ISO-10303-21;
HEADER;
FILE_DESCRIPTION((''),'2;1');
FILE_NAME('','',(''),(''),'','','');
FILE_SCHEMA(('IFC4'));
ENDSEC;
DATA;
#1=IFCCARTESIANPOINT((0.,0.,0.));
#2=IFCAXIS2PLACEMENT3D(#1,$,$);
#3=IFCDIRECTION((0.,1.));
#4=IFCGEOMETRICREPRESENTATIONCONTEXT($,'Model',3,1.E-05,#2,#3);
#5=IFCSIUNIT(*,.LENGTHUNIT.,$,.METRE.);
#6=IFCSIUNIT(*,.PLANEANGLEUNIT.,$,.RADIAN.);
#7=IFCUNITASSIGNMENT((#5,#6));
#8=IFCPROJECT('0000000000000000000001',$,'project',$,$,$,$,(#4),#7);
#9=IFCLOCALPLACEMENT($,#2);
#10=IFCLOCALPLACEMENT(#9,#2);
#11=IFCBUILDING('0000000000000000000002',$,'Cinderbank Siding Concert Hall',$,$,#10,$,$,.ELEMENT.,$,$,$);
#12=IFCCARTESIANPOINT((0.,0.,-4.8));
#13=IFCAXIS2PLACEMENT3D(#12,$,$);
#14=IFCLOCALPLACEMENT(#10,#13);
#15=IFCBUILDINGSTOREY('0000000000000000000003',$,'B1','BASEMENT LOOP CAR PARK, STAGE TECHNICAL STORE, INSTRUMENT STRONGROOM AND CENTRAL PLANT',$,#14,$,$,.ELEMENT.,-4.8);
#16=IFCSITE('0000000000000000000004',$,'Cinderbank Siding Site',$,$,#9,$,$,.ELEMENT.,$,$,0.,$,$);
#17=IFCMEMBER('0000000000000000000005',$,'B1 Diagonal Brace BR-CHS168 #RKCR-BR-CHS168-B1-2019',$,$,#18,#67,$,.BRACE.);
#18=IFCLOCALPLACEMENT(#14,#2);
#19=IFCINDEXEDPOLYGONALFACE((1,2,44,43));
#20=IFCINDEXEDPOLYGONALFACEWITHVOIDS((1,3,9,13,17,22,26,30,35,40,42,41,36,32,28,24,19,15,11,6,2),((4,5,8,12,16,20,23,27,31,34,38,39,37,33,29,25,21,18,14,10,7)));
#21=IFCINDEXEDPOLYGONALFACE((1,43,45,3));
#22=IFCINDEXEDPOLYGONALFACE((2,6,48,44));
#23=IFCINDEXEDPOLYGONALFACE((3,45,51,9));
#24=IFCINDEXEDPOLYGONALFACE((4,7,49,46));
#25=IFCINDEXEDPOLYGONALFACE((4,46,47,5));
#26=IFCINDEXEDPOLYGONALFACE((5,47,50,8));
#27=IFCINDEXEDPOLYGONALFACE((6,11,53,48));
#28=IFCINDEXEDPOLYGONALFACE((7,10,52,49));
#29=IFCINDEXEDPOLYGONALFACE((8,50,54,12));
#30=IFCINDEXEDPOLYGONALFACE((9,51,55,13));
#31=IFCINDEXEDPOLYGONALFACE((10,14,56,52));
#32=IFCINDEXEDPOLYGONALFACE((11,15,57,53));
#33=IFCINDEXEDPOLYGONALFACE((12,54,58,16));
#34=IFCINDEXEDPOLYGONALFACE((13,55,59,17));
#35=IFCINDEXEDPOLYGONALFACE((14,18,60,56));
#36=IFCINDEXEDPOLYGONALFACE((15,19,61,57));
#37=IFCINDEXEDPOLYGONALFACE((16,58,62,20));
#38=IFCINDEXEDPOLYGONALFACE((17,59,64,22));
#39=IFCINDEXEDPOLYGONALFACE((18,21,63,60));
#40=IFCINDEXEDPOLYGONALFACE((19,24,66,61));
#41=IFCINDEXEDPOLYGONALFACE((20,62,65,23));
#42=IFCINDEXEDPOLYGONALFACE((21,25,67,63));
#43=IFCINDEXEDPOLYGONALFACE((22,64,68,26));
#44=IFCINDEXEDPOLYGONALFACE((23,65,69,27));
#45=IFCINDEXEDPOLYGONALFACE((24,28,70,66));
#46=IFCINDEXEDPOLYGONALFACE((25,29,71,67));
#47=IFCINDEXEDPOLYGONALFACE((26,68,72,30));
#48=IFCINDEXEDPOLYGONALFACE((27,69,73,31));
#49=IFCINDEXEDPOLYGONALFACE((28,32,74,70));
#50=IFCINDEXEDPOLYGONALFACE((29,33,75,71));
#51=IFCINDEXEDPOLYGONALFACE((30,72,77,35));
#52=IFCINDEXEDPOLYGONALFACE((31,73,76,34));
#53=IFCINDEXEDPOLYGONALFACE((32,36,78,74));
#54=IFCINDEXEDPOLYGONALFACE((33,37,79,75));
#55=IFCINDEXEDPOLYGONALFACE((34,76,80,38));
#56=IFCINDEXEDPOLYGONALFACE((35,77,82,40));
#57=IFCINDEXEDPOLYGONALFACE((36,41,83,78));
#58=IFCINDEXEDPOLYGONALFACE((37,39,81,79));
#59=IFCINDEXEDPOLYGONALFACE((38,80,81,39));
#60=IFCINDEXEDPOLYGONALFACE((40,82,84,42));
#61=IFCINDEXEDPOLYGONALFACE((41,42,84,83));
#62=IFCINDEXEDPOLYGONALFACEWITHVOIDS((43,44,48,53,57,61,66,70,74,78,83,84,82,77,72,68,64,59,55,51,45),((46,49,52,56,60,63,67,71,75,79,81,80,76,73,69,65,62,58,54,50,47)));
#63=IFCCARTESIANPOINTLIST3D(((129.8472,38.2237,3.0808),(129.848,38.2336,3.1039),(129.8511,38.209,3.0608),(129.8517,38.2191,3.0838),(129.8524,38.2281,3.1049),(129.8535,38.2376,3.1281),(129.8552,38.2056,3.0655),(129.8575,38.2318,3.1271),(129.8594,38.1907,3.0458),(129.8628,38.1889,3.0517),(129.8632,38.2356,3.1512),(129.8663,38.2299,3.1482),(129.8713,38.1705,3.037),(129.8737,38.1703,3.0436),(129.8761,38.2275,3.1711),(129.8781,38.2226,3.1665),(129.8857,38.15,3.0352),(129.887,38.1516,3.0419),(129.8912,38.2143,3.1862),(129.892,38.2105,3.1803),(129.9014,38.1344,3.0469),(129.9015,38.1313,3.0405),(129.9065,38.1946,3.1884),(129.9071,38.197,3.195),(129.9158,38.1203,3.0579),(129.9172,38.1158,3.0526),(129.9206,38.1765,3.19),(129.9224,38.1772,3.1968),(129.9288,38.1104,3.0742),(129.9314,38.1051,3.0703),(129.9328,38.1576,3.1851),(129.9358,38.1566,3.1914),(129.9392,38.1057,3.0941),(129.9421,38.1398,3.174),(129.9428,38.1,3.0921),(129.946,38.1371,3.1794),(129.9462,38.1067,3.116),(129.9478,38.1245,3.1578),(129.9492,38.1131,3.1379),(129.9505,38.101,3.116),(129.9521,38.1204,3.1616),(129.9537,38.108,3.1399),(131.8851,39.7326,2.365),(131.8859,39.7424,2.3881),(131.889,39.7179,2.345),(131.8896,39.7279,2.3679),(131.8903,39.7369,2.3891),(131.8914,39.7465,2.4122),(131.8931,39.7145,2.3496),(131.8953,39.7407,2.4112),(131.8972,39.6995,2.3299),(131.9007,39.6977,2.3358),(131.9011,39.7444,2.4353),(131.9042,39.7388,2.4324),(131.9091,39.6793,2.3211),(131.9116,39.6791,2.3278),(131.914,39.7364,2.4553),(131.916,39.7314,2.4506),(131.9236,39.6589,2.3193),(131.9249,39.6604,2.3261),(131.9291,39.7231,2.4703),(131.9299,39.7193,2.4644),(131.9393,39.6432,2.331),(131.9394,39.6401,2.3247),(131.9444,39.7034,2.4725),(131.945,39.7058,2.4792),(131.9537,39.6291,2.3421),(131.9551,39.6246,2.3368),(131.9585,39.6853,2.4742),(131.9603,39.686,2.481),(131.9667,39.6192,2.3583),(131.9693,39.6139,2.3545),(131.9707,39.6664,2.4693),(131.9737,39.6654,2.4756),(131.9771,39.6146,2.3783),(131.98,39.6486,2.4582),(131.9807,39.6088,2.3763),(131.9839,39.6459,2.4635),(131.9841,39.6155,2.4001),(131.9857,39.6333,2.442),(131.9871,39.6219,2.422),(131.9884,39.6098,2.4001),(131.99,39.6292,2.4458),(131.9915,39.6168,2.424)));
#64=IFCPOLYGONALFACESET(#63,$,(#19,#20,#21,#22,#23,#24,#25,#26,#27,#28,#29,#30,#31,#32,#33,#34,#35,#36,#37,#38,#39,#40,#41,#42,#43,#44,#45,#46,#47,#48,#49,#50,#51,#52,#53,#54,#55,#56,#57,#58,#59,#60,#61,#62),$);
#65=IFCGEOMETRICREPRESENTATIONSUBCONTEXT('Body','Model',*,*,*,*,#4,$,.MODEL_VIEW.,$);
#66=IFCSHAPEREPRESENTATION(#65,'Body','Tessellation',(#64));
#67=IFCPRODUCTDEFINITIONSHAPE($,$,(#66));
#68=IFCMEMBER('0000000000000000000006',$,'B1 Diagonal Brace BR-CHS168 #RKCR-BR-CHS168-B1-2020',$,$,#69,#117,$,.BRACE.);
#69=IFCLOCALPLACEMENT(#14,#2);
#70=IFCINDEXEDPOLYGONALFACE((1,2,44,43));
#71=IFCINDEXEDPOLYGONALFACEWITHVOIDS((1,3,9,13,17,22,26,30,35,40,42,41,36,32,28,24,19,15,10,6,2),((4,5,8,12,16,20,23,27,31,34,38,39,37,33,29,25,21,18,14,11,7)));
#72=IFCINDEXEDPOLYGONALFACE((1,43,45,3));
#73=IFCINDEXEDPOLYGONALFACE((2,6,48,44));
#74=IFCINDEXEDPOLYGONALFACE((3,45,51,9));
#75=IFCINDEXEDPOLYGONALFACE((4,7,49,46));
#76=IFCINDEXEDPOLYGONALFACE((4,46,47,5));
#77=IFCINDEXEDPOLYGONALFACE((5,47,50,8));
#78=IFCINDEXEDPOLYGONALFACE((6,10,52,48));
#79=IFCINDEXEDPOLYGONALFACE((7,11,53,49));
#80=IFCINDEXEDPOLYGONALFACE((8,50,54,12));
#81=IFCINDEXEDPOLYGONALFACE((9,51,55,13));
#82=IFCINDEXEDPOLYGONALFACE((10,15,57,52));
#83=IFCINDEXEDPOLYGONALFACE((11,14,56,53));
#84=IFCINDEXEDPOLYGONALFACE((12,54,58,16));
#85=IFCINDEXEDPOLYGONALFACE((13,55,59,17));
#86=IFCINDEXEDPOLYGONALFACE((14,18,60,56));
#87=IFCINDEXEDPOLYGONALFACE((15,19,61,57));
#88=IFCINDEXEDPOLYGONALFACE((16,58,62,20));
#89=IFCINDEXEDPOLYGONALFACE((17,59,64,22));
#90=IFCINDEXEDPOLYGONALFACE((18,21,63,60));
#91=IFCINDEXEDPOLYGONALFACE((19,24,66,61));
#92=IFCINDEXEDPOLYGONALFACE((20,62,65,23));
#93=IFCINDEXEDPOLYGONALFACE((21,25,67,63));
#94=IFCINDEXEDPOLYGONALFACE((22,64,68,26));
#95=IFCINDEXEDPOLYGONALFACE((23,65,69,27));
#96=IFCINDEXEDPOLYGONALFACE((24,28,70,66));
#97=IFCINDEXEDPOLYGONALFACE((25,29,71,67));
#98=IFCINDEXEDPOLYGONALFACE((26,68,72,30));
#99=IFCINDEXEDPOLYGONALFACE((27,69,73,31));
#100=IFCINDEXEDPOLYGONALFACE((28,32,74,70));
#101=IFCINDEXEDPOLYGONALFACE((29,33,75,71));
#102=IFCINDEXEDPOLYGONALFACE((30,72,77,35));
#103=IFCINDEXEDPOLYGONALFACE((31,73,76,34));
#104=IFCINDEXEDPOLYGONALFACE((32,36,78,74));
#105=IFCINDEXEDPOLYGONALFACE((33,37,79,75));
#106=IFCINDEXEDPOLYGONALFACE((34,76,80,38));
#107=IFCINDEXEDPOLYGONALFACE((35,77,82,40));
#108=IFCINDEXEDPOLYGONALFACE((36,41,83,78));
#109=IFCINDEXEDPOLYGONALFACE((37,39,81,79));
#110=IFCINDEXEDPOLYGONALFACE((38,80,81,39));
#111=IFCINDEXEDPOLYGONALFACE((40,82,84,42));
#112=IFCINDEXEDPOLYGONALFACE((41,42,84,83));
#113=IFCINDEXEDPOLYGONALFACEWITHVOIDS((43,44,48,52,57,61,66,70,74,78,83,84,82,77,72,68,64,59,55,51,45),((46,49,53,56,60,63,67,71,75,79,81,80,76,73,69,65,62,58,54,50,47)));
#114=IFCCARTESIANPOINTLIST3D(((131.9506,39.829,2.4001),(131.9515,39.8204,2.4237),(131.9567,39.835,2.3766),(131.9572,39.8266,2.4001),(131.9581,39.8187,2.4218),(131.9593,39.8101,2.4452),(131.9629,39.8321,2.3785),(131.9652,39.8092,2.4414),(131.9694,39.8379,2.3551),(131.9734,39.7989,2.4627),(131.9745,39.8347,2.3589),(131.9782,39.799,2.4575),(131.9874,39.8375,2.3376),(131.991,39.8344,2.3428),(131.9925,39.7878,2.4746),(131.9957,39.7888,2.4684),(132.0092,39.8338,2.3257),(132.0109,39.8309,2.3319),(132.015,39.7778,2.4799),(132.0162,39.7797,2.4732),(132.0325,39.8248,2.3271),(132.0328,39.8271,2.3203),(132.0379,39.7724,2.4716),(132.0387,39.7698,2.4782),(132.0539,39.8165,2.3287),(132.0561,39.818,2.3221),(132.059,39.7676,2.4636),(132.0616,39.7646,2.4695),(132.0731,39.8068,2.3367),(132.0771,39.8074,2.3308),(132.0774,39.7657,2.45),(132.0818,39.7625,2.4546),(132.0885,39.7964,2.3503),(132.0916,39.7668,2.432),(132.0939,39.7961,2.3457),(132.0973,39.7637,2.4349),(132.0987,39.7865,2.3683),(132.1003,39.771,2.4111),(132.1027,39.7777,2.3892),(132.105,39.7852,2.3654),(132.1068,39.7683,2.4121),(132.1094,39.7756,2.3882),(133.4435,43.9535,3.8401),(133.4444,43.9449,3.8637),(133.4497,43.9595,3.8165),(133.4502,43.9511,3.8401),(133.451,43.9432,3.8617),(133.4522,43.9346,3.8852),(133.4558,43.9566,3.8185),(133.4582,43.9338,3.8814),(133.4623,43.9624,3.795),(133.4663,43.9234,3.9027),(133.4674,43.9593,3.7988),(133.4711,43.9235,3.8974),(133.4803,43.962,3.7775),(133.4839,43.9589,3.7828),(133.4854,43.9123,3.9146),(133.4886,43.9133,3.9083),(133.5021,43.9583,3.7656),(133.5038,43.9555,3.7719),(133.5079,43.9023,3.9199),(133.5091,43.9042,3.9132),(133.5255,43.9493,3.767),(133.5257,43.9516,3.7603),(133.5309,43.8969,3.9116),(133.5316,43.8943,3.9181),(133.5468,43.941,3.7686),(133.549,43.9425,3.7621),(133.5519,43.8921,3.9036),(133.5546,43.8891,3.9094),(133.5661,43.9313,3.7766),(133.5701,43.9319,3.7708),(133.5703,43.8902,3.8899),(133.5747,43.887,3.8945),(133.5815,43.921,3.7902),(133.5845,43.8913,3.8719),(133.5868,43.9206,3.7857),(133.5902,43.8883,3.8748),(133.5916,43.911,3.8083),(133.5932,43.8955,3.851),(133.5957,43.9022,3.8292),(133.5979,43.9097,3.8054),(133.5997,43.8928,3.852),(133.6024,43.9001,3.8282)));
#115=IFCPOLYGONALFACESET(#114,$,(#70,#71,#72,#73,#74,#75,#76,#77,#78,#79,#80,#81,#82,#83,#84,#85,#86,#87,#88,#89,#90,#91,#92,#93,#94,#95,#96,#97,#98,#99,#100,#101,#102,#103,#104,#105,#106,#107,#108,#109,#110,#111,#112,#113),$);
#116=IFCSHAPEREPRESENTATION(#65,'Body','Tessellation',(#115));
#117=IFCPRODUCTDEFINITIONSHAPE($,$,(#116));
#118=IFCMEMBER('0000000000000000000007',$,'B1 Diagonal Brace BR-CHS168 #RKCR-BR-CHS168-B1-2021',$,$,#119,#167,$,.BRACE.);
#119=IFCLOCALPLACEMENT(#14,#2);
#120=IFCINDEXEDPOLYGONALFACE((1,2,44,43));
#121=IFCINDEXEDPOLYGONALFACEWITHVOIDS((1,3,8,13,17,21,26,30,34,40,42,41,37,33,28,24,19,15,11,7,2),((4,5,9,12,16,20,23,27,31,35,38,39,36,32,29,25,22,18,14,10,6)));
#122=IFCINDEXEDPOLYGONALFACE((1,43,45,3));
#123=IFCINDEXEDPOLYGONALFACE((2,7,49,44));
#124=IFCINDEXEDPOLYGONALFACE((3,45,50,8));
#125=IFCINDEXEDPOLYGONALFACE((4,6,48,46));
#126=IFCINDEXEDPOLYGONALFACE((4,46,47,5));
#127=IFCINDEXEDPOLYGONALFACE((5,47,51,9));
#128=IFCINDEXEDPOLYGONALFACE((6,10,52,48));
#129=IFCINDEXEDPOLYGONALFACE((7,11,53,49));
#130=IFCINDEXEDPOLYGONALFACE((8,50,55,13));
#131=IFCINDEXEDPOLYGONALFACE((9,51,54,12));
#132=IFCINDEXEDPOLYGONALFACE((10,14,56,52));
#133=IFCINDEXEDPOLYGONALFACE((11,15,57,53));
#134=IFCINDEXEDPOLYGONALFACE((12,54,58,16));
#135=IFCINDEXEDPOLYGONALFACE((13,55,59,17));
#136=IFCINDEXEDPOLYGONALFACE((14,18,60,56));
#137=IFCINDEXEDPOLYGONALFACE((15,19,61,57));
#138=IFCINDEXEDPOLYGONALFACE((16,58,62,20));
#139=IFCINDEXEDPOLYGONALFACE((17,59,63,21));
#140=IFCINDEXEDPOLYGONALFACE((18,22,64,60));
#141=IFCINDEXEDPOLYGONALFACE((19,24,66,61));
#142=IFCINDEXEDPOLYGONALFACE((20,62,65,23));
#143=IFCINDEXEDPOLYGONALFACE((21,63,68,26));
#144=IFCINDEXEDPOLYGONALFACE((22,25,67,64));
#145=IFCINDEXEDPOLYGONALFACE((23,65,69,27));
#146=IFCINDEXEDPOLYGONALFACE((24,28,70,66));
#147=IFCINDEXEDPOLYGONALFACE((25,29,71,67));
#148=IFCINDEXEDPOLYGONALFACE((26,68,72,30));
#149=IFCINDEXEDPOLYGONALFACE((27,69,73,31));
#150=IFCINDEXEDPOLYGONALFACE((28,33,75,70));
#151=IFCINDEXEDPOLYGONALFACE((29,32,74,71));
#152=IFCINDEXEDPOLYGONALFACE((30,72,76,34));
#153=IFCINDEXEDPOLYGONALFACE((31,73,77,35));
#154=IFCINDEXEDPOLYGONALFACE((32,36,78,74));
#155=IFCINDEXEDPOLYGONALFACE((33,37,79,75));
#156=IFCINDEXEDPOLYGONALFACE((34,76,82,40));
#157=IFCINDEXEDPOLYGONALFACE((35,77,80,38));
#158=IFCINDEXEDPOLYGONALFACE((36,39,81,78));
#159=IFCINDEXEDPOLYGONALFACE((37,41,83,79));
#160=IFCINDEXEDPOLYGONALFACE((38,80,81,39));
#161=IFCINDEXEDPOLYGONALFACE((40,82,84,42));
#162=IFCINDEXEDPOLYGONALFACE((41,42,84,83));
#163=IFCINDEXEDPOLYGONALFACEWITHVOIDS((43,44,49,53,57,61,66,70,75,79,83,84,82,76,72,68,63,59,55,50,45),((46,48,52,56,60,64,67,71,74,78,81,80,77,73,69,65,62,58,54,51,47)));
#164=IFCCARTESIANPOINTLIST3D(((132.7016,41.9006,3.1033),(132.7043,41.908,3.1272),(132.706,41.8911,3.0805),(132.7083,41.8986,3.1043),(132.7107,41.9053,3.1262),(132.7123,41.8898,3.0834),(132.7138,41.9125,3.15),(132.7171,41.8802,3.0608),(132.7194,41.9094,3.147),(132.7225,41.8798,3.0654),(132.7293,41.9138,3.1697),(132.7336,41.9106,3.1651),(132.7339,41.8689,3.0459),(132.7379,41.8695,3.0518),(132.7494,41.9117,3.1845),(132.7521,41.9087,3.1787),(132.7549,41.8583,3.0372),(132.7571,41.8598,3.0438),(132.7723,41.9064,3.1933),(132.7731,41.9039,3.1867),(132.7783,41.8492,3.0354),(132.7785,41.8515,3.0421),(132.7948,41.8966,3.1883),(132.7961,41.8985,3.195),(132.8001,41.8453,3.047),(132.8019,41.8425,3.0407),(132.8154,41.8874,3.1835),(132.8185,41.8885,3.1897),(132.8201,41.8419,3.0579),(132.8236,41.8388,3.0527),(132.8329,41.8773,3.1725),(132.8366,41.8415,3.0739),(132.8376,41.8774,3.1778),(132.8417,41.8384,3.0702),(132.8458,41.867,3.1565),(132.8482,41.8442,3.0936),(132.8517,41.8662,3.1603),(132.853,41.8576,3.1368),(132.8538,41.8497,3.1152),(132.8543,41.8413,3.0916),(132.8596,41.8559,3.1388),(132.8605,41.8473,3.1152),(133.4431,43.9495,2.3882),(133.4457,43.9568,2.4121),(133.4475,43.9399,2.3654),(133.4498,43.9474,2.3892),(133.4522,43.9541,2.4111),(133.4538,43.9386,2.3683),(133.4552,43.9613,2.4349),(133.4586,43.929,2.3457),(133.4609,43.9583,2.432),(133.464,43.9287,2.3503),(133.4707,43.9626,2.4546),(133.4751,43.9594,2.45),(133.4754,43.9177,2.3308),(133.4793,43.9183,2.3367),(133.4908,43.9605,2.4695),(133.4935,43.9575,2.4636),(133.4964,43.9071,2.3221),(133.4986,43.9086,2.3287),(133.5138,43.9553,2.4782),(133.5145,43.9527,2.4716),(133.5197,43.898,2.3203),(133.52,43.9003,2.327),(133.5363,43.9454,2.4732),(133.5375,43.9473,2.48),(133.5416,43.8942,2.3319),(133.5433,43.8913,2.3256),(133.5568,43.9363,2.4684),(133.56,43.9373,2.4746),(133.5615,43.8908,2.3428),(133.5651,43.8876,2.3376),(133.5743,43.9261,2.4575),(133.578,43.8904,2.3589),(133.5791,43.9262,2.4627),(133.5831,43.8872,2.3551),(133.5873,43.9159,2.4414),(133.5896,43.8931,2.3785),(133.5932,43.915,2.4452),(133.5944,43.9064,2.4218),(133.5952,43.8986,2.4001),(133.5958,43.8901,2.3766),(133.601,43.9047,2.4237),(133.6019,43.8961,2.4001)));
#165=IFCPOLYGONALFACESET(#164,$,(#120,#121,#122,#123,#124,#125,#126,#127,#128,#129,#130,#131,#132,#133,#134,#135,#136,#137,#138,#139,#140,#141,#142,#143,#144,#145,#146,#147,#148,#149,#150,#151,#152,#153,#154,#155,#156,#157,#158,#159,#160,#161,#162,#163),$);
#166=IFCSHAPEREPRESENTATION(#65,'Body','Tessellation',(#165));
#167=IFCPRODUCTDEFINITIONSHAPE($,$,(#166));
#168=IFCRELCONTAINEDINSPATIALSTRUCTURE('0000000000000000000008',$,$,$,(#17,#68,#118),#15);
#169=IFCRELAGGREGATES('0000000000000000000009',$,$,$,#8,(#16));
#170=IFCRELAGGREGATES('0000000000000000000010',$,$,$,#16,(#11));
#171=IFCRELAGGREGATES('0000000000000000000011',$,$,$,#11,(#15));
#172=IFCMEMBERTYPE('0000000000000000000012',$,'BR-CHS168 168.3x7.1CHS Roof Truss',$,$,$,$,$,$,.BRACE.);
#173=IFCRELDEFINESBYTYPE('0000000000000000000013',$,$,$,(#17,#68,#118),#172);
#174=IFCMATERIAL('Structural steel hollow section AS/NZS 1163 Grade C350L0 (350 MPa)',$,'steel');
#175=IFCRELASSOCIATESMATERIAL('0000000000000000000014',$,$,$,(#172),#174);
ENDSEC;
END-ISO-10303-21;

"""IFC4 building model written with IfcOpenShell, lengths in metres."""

from ifc_helpers import new_model, si_unit, direction, frame, origin, origin_2d, place, context, subcontext, project, spatial, hollow_circle, extrude, material, material_profile, profile_set, type_object, element, save


model = new_model("IFC4")

# Units and contexts
model_context = context("Model", 3, precision=1e-05, world=origin(), true_north=direction((0.0, 1.0)))
body_context = subcontext(model_context, "Body", "Model", "MODEL_VIEW")
ifc_project = project(units=[si_unit("LENGTHUNIT", "METRE"), si_unit("PLANEANGLEUNIT", "RADIAN")], contexts=[model_context])

# Site, building, storey
site_placement = place(None, origin())
site = spatial("IfcSite", under=ifc_project, at=site_placement, Name="Cinderbank Siding Site", CompositionType="ELEMENT", RefElevation=0.0)
building_placement = place(site_placement, origin())
building = spatial("IfcBuilding", under=site, at=building_placement, Name="Cinderbank Siding Concert Hall", CompositionType="ELEMENT")
storey_placement = place(building_placement, frame((0.0, 0.0, -4.8)))
storey = spatial("IfcBuildingStorey", under=building, at=storey_placement, Name="B1", Description="BASEMENT LOOP CAR PARK, STAGE TECHNICAL STORE, INSTRUMENT STRONGROOM AND CENTRAL PLANT", CompositionType="ELEMENT", Elevation=-4.8)

# Members
ifc_material_1 = material(Name="Structural steel hollow section AS/NZS 1163 Grade C350L0 (350 MPa)", Category="steel")
ifc_material_profile_1 = material_profile(ifc_material_1, hollow_circle(Radius=0.0842, WallThickness=0.0071, at=origin_2d()), Name="168.3x7.1CHS", Category="LoadBearing")
ifc_profile_set_1 = profile_set([ifc_material_profile_1], Name="Structural steel hollow section AS/NZS 1163 Grade C350L0 (350 MPa)")
member_type_1 = type_object("IfcMemberType", Name="BR-CHS168 168.3x7.1CHS Roof Truss", PredefinedType="BRACE", material=ifc_profile_set_1)
member_1_placement = place(storey_placement, frame((131.9382, 39.6775, 2.4001), z_axis=(-0.773463, -0.572661, 0.27169), x_axis=(0.595043, -0.803694, 0.0)))
element("IfcMember", 1, at=member_1_placement, inside=storey, type_object=member_type_1, Name="B1 Diagonal Brace BR-CHS168 #RKCR-BR-CHS168-B1-2019", PredefinedType="BRACE", context=body_context, shape_type="SweptSolid", body=[
    extrude(hollow_circle(Radius=0.0842, WallThickness=0.0071, at=origin_2d()), origin(), (0.0, 0.0, 1.0), 2.6348),
])
member_2_placement = place(storey_placement, frame((132.0298, 39.8003, 2.4001), z_axis=(0.323374, 0.893391, 0.311899), x_axis=(-0.940298, 0.340353, 0.0)))
element("IfcMember", 2, at=member_2_placement, inside=storey, type_object=member_type_1, Name="B1 Diagonal Brace BR-CHS168 #RKCR-BR-CHS168-B1-2020", PredefinedType="BRACE", context=body_context, shape_type="SweptSolid", body=[
    extrude(hollow_circle(Radius=0.0842, WallThickness=0.0071, at=origin_2d()), origin(), (0.0, 0.0, 1.0), 4.6167),
])
member_3_placement = place(storey_placement, frame((133.5227, 43.9248, 2.4001), z_axis=(-0.323327, -0.893433, 0.311829), x_axis=(0.940319, -0.340294, 0.0)))
element("IfcMember", 3, at=member_3_placement, inside=storey, type_object=member_type_1, Name="B1 Diagonal Brace BR-CHS168 #RKCR-BR-CHS168-B1-2021", PredefinedType="BRACE", context=body_context, shape_type="SweptSolid", body=[
    extrude(hollow_circle(Radius=0.0842, WallThickness=0.0071, at=origin_2d()), origin(), (0.0, 0.0, 1.0), 2.2932),
])

save(model, "model.ifc")
